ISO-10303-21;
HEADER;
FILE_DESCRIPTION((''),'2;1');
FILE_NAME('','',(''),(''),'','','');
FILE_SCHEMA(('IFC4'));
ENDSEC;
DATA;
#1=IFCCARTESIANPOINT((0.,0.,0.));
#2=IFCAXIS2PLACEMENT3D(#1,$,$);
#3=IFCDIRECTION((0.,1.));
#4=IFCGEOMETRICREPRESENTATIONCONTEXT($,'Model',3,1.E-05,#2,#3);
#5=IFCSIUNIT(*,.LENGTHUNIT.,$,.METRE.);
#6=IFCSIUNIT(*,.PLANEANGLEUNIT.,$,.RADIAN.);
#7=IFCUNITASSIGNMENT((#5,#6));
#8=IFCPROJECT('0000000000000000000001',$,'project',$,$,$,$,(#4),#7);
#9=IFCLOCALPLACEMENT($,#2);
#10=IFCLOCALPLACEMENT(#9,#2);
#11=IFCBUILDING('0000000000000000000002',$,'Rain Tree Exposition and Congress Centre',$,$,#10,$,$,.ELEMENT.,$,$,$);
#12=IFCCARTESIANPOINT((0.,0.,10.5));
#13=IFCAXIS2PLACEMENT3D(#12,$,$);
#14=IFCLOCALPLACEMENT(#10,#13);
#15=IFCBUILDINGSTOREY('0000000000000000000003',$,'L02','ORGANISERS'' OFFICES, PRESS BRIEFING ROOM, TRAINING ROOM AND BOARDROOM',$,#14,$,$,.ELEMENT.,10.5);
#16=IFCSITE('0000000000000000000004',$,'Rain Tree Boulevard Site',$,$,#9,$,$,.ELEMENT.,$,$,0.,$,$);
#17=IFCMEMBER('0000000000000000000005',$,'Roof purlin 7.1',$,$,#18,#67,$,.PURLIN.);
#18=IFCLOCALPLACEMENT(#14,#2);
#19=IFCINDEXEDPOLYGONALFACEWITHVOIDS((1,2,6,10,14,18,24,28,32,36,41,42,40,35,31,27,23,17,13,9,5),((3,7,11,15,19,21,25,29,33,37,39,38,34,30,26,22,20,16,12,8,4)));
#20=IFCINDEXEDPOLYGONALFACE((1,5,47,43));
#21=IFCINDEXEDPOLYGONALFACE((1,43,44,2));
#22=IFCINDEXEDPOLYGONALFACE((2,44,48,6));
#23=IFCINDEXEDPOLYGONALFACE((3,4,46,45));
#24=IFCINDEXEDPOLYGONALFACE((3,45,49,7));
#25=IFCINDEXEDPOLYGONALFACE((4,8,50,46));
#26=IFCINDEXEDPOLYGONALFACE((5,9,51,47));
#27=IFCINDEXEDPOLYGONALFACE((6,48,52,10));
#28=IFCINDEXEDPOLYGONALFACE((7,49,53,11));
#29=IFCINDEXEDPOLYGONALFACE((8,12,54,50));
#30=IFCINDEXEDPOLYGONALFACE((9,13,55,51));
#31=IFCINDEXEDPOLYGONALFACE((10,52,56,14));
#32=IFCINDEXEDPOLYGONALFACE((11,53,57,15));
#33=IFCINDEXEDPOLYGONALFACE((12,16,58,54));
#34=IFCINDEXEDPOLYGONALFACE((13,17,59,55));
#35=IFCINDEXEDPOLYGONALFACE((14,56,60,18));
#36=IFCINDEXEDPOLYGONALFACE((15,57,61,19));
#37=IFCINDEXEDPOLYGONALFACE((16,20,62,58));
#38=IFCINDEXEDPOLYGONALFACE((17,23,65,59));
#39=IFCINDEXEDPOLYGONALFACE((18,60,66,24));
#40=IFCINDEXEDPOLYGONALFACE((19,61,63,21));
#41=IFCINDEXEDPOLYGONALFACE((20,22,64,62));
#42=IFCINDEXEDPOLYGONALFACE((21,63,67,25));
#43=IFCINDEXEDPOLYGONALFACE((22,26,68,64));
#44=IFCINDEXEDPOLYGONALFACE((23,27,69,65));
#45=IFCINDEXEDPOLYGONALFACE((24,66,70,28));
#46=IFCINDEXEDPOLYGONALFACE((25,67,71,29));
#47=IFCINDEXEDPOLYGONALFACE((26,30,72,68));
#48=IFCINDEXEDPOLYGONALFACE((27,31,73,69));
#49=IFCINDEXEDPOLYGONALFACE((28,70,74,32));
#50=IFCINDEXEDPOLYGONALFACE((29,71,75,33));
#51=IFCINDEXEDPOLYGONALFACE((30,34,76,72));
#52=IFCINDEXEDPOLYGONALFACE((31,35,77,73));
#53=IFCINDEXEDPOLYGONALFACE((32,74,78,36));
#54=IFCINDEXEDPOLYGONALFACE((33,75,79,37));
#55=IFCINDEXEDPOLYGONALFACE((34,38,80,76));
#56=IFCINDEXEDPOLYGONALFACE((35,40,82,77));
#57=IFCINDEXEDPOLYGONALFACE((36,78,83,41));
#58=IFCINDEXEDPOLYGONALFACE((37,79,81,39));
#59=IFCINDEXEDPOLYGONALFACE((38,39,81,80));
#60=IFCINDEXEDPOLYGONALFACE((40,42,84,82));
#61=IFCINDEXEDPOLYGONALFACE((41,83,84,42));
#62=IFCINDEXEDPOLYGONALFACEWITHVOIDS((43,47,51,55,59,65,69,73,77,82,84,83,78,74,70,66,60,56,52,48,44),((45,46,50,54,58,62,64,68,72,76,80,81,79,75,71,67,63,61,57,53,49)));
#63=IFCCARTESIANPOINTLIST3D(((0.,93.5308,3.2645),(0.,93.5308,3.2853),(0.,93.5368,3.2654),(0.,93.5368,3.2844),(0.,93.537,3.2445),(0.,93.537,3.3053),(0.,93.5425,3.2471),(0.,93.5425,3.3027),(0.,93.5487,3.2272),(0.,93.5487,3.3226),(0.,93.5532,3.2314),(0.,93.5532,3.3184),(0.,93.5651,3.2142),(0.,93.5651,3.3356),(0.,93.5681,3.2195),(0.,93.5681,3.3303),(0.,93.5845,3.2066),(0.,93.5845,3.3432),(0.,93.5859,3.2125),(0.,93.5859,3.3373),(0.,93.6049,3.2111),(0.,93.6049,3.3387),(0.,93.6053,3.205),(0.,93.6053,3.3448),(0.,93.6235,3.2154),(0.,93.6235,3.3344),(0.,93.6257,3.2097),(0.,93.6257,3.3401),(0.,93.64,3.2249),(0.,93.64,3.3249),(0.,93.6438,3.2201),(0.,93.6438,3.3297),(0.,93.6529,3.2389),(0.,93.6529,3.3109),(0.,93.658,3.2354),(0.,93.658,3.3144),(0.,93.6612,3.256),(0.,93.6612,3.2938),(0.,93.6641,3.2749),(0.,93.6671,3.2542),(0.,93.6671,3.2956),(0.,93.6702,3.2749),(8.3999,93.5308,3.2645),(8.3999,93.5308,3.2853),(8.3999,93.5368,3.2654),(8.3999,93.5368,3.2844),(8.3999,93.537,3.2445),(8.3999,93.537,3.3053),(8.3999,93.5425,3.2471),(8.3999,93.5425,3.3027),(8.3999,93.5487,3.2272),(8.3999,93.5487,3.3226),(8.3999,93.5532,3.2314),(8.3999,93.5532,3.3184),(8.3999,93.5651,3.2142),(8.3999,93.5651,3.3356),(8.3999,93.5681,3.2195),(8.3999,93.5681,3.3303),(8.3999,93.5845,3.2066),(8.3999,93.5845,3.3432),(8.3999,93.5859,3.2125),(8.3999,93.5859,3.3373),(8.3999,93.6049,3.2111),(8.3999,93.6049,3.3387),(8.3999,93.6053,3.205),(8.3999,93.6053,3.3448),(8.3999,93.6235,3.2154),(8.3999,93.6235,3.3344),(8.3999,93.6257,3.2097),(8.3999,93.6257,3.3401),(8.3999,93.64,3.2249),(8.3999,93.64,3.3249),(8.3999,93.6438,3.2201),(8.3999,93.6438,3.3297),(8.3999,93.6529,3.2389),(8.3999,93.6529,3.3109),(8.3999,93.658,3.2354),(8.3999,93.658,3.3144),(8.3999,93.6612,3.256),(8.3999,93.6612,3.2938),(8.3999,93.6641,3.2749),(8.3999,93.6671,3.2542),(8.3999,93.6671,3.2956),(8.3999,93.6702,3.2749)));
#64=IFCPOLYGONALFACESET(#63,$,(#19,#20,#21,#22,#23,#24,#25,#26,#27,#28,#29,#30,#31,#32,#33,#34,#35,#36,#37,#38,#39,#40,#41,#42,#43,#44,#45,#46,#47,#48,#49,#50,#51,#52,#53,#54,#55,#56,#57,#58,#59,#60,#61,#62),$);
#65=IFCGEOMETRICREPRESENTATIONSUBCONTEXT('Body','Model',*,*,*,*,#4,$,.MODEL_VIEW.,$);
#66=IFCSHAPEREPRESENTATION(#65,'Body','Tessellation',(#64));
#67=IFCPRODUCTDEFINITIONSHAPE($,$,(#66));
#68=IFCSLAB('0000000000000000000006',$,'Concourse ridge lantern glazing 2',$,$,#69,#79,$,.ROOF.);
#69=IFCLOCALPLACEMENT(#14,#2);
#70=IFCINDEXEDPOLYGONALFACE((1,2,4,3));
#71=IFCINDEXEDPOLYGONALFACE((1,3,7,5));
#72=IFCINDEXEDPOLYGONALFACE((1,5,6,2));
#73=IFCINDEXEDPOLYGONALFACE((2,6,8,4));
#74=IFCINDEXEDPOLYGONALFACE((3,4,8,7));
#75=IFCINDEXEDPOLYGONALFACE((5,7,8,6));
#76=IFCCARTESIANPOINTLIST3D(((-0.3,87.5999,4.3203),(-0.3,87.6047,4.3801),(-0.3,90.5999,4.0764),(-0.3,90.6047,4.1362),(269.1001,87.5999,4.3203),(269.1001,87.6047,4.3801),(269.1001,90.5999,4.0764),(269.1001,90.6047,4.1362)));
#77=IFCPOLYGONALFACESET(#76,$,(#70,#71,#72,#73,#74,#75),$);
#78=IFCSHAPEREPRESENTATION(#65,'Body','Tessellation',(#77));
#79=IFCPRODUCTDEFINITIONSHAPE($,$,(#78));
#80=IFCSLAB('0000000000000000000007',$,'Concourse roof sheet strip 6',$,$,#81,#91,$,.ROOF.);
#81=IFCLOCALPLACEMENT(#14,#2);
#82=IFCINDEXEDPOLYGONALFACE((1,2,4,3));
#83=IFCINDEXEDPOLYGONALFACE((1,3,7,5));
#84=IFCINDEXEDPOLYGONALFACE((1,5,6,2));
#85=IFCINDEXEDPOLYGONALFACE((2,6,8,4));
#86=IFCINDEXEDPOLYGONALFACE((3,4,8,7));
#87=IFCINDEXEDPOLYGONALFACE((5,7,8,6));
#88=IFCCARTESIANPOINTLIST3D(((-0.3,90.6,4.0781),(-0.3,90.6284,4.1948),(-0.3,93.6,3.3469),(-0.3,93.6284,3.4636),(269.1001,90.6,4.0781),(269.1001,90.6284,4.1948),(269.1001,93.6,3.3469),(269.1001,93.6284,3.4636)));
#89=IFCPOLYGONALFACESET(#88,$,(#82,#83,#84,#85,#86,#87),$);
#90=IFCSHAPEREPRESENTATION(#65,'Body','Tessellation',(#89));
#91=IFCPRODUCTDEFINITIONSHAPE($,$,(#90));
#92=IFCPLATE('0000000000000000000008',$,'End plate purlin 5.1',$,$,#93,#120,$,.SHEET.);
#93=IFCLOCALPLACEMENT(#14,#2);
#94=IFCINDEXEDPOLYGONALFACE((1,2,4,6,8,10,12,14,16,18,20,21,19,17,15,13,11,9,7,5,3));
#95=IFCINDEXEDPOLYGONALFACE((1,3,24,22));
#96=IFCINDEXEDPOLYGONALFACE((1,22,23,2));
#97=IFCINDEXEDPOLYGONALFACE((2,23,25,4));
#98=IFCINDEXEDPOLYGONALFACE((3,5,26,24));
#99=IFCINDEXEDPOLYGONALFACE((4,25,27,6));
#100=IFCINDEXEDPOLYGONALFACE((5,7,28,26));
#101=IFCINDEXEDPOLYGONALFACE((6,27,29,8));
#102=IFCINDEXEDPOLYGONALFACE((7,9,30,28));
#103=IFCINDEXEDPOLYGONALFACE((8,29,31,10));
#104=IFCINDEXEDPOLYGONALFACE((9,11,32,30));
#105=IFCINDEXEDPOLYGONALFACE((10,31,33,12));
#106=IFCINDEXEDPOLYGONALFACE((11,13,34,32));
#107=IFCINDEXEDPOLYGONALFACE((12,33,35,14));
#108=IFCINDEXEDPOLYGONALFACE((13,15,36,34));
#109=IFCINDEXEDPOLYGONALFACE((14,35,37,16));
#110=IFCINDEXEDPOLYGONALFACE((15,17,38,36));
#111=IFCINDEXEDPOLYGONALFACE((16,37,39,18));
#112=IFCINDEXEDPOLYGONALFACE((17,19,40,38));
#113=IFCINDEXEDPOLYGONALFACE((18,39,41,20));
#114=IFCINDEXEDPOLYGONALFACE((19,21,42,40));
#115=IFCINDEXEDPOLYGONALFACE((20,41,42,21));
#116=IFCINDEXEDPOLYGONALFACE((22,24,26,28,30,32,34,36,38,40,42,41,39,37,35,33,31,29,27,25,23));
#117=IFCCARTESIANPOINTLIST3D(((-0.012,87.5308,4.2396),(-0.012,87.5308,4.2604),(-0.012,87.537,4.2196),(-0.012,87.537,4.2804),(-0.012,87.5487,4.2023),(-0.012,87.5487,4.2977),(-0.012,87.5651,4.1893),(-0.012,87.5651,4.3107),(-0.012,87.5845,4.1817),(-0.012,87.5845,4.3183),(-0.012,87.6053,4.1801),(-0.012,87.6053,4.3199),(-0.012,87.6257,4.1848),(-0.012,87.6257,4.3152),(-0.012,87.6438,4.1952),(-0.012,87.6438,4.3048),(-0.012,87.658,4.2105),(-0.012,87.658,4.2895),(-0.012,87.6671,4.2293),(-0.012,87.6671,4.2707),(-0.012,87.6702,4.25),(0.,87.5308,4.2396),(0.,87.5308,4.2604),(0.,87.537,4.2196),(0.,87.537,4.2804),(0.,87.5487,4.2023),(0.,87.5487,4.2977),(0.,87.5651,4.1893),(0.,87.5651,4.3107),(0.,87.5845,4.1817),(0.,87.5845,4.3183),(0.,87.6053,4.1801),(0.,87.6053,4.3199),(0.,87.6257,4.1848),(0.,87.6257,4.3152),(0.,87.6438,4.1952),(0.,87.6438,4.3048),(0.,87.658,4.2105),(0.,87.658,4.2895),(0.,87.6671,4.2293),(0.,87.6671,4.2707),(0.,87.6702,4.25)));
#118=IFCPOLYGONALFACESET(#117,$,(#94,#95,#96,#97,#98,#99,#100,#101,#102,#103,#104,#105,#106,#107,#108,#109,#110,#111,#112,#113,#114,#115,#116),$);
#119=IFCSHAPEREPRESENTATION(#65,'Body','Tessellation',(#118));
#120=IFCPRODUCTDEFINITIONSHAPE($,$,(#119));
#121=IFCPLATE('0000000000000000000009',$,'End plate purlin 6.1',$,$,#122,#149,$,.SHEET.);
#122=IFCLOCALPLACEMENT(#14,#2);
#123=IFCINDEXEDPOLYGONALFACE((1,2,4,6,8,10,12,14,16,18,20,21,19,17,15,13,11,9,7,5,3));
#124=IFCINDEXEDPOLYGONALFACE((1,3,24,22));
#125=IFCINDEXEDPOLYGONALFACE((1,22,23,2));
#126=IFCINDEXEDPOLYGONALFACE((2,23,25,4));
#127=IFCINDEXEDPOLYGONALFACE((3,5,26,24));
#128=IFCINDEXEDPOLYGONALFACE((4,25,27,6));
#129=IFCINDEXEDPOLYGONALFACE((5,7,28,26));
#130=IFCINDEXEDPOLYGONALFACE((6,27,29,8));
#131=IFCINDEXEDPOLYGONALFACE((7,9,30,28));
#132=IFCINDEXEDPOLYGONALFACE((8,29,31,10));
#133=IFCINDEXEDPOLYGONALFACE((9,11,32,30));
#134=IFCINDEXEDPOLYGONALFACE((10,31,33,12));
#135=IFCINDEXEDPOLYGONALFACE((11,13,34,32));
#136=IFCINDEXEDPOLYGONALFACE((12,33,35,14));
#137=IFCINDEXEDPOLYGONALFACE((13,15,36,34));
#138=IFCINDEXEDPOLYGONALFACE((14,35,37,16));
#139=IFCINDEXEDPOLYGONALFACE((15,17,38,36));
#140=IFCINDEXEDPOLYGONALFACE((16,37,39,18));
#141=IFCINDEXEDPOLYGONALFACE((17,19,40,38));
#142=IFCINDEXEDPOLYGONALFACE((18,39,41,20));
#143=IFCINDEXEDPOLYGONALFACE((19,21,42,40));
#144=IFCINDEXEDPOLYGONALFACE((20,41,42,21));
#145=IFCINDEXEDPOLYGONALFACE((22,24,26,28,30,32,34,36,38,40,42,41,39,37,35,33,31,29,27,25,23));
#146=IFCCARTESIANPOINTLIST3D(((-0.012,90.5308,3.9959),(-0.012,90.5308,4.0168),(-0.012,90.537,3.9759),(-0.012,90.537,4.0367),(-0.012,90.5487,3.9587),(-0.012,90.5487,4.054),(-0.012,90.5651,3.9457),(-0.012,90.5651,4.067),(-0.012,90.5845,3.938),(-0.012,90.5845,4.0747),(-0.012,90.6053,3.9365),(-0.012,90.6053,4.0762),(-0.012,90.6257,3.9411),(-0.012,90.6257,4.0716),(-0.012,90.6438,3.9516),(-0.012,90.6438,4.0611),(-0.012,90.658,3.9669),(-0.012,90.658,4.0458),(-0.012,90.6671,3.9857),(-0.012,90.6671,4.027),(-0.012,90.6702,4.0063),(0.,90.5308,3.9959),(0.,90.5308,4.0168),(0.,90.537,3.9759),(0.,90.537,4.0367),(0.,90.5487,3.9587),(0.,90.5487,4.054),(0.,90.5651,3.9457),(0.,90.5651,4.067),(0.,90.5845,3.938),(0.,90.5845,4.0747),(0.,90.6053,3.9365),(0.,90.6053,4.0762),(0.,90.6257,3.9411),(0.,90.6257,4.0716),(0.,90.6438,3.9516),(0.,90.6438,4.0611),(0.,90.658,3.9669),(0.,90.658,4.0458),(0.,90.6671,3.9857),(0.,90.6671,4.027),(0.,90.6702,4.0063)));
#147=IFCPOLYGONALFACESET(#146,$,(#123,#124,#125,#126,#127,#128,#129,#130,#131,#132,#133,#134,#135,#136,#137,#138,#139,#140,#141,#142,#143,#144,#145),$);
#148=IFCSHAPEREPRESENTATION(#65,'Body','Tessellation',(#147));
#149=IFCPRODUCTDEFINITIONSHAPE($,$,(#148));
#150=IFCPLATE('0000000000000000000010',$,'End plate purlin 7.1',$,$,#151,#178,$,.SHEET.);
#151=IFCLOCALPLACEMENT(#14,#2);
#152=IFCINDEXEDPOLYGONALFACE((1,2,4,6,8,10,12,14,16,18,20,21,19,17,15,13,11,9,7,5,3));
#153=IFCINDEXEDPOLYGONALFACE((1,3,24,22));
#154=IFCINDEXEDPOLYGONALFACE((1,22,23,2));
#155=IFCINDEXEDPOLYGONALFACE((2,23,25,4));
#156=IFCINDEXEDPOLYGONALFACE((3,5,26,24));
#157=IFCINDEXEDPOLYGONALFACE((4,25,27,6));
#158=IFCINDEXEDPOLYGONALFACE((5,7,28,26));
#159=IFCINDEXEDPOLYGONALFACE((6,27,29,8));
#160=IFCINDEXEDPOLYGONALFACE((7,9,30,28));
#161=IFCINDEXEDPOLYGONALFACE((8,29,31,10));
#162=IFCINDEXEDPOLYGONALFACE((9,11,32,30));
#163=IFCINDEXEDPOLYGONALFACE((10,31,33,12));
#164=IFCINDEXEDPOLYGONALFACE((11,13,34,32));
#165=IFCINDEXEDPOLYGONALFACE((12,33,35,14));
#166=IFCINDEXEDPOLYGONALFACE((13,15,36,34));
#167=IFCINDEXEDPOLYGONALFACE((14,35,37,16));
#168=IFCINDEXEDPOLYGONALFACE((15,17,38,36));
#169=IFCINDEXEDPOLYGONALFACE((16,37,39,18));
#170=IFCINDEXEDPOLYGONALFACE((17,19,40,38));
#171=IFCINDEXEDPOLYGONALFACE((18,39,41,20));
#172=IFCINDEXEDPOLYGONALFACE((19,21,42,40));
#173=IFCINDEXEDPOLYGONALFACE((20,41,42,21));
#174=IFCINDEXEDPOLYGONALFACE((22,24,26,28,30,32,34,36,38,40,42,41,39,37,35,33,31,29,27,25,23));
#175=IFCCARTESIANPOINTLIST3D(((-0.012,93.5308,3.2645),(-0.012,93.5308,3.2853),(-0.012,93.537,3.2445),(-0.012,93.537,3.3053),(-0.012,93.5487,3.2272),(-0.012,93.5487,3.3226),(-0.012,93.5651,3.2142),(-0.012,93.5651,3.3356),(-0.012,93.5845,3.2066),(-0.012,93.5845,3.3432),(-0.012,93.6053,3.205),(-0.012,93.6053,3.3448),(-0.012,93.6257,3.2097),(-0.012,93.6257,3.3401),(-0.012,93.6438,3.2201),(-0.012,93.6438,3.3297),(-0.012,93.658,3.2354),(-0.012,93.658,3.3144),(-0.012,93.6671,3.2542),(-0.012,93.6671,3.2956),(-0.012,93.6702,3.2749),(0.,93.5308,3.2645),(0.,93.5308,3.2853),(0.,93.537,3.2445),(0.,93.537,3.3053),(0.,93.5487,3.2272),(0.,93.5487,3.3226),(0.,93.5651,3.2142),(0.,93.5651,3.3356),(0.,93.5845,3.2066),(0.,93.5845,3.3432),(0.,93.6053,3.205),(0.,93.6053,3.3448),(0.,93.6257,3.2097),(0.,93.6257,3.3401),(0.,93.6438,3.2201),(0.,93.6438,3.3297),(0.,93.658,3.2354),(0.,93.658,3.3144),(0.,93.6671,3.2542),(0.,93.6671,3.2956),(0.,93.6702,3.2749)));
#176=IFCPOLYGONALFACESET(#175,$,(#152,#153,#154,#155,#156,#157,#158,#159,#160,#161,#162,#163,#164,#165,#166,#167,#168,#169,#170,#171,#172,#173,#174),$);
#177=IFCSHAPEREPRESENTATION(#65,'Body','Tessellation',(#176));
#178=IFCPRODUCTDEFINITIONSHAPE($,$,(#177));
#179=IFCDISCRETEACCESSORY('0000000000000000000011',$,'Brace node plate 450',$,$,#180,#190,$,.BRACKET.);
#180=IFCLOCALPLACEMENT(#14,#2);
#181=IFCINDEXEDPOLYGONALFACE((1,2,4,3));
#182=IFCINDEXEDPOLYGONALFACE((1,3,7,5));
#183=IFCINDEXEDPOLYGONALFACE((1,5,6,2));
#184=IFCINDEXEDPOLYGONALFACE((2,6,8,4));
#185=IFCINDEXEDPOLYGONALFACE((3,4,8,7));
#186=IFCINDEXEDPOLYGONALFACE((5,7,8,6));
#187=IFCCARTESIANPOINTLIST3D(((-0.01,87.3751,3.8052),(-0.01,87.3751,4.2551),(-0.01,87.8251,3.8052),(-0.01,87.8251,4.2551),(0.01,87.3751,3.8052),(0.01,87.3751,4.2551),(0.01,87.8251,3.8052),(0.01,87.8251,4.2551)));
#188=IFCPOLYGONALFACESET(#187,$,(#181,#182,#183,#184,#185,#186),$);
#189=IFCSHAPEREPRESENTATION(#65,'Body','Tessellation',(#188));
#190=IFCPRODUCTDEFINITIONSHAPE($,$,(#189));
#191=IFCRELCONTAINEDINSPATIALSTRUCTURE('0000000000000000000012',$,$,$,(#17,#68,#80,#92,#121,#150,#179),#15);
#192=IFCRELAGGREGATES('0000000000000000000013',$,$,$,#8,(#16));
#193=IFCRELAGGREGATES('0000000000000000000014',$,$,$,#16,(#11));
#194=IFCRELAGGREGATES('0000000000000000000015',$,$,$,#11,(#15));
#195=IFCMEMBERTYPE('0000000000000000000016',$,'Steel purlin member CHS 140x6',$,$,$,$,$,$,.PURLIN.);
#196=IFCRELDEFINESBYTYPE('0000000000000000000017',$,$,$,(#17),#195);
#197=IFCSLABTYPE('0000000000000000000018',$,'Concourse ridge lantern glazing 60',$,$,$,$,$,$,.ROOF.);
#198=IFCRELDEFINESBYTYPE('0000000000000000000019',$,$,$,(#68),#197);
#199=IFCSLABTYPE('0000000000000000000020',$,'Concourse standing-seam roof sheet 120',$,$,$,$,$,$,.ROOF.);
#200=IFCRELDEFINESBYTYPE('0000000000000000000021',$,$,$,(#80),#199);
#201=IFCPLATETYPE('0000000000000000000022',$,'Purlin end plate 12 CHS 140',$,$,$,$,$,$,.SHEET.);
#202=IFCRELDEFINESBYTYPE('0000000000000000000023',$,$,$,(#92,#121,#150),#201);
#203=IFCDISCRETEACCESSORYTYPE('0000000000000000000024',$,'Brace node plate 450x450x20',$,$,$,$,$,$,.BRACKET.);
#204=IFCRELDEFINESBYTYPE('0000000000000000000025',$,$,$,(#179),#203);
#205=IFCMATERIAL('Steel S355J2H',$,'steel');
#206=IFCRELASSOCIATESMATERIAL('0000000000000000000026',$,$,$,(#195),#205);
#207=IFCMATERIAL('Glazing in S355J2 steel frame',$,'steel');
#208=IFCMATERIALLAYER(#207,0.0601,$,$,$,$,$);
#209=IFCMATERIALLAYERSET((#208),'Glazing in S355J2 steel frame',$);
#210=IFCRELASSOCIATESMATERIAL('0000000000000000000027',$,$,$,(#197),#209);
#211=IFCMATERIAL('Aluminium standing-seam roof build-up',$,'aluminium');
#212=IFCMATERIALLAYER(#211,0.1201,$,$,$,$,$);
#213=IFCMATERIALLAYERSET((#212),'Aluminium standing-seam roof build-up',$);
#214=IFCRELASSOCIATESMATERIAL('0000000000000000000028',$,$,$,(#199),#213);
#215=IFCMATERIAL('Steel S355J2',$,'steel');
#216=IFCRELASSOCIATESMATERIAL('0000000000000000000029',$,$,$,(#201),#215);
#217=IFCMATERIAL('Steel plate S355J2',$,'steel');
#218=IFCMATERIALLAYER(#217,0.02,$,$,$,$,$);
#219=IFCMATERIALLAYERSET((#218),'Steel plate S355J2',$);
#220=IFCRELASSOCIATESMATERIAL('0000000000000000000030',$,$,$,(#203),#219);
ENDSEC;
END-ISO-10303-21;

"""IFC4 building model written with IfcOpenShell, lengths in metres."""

from ifc_helpers import new_model, si_unit, direction, frame, origin, origin_2d, place, context, subcontext, project, spatial, polyline, rectangle, circle, hollow_circle, outline, extrude, material, layer, layer_set, material_profile, profile_set, type_object, element, save


model = new_model("IFC4")

# Units and contexts
model_context = context("Model", 3, precision=1e-05, world=origin(), true_north=direction((0.0, 1.0)))
body_context = subcontext(model_context, "Body", "Model", "MODEL_VIEW")
ifc_project = project(units=[si_unit("LENGTHUNIT", "METRE"), si_unit("PLANEANGLEUNIT", "RADIAN")], contexts=[model_context])

# Site, building, storey
site_placement = place(None, origin())
site = spatial("IfcSite", under=ifc_project, at=site_placement, Name="Rain Tree Boulevard Site", CompositionType="ELEMENT", RefElevation=0.0)
building_placement = place(site_placement, origin())
building = spatial("IfcBuilding", under=site, at=building_placement, Name="Rain Tree Exposition and Congress Centre", CompositionType="ELEMENT")
storey_placement = place(building_placement, frame((0.0, 0.0, 10.5)))
storey = spatial("IfcBuildingStorey", under=building, at=storey_placement, Name="L02", Description="ORGANISERS' OFFICES, PRESS BRIEFING ROOM, TRAINING ROOM AND BOARDROOM", CompositionType="ELEMENT", Elevation=10.5)

# Member
ifc_material_1 = material(Name="Steel S355J2H", Category="steel")
ifc_material_profile_1 = material_profile(ifc_material_1, hollow_circle(Radius=0.0701, WallThickness=0.0061, at=origin_2d()), Name="CHS 140x6")
ifc_profile_set_1 = profile_set([ifc_material_profile_1], Name="Steel S355J2H")
member_type_1 = type_object("IfcMemberType", Name="Steel purlin member CHS 140x6", PredefinedType="PURLIN", material=ifc_profile_set_1)
for number, where, z_axis, x_axis, name in (
    (1, (0.0, 93.6001, 3.2749), (1.0, 0.0, 0.0), (0.0, 1.0, 0.0), "Roof purlin 7.1"),
):
    element("IfcMember", number, at=place(storey_placement, frame(where, z_axis=z_axis, x_axis=x_axis)), inside=storey, type_object=member_type_1, Name=name, PredefinedType="PURLIN", context=body_context, shape_type="SweptSolid", body=[
        extrude(hollow_circle(Radius=0.0701, WallThickness=0.0061, at=origin_2d()), origin(), (0.0, 0.0, 1.0), 8.3999),
    ])

# Slabs
ifc_material_2 = material(Name="Glazing in S355J2 steel frame", Category="steel")
ifc_layer_1 = layer(ifc_material_2, 0.0601)
ifc_layer_set_1 = layer_set([ifc_layer_1], Name="Glazing in S355J2 steel frame")
slab_type_1 = type_object("IfcSlabType", Name="Concourse ridge lantern glazing 60", PredefinedType="ROOF", material=ifc_layer_set_1)
slab_1_placement = place(storey_placement, frame((-0.3, 87.6047, 4.3801), z_axis=(0.0, 0.081031, 0.996712), x_axis=(1.0, 0.0, 0.0)))
element("IfcSlab", 2, at=slab_1_placement, inside=storey, type_object=slab_type_1, Name="Concourse ridge lantern glazing 2", PredefinedType="ROOF", context=body_context, shape_type="SweptSolid", body=[
    extrude(outline(polyline([(0.0, 0.0), (269.4001, 0.0), (269.4001, 3.0099), (0.0, 3.0099), (0.0, 0.0)])), origin(), (0.0, 0.0, -1.0), 0.0601),
])
ifc_material_3 = material(Name="Aluminium standing-seam roof build-up", Category="aluminium")
ifc_layer_2 = layer(ifc_material_3, 0.1201)
ifc_layer_set_2 = layer_set([ifc_layer_2], Name="Aluminium standing-seam roof build-up")
slab_type_2 = type_object("IfcSlabType", Name="Concourse standing-seam roof sheet 120", PredefinedType="ROOF", material=ifc_layer_set_2)
slab_2_placement = place(storey_placement, frame((-0.3, 90.6284, 4.1948), z_axis=(0.0, 0.236801, 0.971558), x_axis=(1.0, 0.0, 0.0)))
element("IfcSlab", 3, at=slab_2_placement, inside=storey, type_object=slab_type_2, Name="Concourse roof sheet strip 6", PredefinedType="ROOF", context=body_context, shape_type="SweptSolid", body=[
    extrude(outline(polyline([(0.0, 0.0), (269.4001, 0.0), (269.4001, 3.0878), (0.0, 3.0878), (0.0, 0.0)])), origin(), (0.0, 0.0, -1.0), 0.1201),
])

# Plates
ifc_material_4 = material(Name="Steel S355J2", Category="steel")
ifc_material_profile_2 = material_profile(ifc_material_4, circle(Radius=0.0701, at=origin_2d()), Name="CIRCLE 140")
ifc_profile_set_2 = profile_set([ifc_material_profile_2], Name="Steel S355J2")
plate_type = type_object("IfcPlateType", Name="Purlin end plate 12 CHS 140", PredefinedType="SHEET", material=ifc_profile_set_2)
for number, where, z_axis, x_axis, name in (
    (4, (-0.012, 87.6001, 4.25), (1.0, 0.0, 0.0), (0.0, 1.0, 0.0), "End plate purlin 5.1"),
    (5, (-0.012, 90.6001, 4.0063), (1.0, 0.0, 0.0), (0.0, 1.0, 0.0), "End plate purlin 6.1"),
    (6, (-0.012, 93.6001, 3.2749), (1.0, 0.0, 0.0), (0.0, 1.0, 0.0), "End plate purlin 7.1"),
):
    element("IfcPlate", number, at=place(storey_placement, frame(where, z_axis=z_axis, x_axis=x_axis)), inside=storey, type_object=plate_type, Name=name, PredefinedType="SHEET", context=body_context, shape_type="SweptSolid", body=[
        extrude(circle(Radius=0.0701, at=origin_2d()), origin(), (0.0, 0.0, 1.0), 0.012),
    ])

# Discrete accessory
ifc_material_5 = material(Name="Steel plate S355J2", Category="steel")
ifc_layer_3 = layer(ifc_material_5, 0.02)
ifc_layer_set_3 = layer_set([ifc_layer_3], Name="Steel plate S355J2")
discrete_accessory_type = type_object("IfcDiscreteAccessoryType", Name="Brace node plate 450x450x20", PredefinedType="BRACKET", material=ifc_layer_set_3)
for number, where, z_axis, x_axis, name in (
    (7, (0.0, 87.6001, 3.8052), (0.0, 0.0, 1.0), (0.0, 1.0, 0.0), "Brace node plate 450"),
):
    element("IfcDiscreteAccessory", number, at=place(storey_placement, frame(where, z_axis=z_axis, x_axis=x_axis)), inside=storey, type_object=discrete_accessory_type, Name=name, PredefinedType="BRACKET", context=body_context, shape_type="SweptSolid", body=[
        extrude(rectangle(XDim=0.45, YDim=0.02, at=origin_2d()), origin(), (0.0, 0.0, 1.0), 0.45),
    ])

save(model, "model.ifc")
